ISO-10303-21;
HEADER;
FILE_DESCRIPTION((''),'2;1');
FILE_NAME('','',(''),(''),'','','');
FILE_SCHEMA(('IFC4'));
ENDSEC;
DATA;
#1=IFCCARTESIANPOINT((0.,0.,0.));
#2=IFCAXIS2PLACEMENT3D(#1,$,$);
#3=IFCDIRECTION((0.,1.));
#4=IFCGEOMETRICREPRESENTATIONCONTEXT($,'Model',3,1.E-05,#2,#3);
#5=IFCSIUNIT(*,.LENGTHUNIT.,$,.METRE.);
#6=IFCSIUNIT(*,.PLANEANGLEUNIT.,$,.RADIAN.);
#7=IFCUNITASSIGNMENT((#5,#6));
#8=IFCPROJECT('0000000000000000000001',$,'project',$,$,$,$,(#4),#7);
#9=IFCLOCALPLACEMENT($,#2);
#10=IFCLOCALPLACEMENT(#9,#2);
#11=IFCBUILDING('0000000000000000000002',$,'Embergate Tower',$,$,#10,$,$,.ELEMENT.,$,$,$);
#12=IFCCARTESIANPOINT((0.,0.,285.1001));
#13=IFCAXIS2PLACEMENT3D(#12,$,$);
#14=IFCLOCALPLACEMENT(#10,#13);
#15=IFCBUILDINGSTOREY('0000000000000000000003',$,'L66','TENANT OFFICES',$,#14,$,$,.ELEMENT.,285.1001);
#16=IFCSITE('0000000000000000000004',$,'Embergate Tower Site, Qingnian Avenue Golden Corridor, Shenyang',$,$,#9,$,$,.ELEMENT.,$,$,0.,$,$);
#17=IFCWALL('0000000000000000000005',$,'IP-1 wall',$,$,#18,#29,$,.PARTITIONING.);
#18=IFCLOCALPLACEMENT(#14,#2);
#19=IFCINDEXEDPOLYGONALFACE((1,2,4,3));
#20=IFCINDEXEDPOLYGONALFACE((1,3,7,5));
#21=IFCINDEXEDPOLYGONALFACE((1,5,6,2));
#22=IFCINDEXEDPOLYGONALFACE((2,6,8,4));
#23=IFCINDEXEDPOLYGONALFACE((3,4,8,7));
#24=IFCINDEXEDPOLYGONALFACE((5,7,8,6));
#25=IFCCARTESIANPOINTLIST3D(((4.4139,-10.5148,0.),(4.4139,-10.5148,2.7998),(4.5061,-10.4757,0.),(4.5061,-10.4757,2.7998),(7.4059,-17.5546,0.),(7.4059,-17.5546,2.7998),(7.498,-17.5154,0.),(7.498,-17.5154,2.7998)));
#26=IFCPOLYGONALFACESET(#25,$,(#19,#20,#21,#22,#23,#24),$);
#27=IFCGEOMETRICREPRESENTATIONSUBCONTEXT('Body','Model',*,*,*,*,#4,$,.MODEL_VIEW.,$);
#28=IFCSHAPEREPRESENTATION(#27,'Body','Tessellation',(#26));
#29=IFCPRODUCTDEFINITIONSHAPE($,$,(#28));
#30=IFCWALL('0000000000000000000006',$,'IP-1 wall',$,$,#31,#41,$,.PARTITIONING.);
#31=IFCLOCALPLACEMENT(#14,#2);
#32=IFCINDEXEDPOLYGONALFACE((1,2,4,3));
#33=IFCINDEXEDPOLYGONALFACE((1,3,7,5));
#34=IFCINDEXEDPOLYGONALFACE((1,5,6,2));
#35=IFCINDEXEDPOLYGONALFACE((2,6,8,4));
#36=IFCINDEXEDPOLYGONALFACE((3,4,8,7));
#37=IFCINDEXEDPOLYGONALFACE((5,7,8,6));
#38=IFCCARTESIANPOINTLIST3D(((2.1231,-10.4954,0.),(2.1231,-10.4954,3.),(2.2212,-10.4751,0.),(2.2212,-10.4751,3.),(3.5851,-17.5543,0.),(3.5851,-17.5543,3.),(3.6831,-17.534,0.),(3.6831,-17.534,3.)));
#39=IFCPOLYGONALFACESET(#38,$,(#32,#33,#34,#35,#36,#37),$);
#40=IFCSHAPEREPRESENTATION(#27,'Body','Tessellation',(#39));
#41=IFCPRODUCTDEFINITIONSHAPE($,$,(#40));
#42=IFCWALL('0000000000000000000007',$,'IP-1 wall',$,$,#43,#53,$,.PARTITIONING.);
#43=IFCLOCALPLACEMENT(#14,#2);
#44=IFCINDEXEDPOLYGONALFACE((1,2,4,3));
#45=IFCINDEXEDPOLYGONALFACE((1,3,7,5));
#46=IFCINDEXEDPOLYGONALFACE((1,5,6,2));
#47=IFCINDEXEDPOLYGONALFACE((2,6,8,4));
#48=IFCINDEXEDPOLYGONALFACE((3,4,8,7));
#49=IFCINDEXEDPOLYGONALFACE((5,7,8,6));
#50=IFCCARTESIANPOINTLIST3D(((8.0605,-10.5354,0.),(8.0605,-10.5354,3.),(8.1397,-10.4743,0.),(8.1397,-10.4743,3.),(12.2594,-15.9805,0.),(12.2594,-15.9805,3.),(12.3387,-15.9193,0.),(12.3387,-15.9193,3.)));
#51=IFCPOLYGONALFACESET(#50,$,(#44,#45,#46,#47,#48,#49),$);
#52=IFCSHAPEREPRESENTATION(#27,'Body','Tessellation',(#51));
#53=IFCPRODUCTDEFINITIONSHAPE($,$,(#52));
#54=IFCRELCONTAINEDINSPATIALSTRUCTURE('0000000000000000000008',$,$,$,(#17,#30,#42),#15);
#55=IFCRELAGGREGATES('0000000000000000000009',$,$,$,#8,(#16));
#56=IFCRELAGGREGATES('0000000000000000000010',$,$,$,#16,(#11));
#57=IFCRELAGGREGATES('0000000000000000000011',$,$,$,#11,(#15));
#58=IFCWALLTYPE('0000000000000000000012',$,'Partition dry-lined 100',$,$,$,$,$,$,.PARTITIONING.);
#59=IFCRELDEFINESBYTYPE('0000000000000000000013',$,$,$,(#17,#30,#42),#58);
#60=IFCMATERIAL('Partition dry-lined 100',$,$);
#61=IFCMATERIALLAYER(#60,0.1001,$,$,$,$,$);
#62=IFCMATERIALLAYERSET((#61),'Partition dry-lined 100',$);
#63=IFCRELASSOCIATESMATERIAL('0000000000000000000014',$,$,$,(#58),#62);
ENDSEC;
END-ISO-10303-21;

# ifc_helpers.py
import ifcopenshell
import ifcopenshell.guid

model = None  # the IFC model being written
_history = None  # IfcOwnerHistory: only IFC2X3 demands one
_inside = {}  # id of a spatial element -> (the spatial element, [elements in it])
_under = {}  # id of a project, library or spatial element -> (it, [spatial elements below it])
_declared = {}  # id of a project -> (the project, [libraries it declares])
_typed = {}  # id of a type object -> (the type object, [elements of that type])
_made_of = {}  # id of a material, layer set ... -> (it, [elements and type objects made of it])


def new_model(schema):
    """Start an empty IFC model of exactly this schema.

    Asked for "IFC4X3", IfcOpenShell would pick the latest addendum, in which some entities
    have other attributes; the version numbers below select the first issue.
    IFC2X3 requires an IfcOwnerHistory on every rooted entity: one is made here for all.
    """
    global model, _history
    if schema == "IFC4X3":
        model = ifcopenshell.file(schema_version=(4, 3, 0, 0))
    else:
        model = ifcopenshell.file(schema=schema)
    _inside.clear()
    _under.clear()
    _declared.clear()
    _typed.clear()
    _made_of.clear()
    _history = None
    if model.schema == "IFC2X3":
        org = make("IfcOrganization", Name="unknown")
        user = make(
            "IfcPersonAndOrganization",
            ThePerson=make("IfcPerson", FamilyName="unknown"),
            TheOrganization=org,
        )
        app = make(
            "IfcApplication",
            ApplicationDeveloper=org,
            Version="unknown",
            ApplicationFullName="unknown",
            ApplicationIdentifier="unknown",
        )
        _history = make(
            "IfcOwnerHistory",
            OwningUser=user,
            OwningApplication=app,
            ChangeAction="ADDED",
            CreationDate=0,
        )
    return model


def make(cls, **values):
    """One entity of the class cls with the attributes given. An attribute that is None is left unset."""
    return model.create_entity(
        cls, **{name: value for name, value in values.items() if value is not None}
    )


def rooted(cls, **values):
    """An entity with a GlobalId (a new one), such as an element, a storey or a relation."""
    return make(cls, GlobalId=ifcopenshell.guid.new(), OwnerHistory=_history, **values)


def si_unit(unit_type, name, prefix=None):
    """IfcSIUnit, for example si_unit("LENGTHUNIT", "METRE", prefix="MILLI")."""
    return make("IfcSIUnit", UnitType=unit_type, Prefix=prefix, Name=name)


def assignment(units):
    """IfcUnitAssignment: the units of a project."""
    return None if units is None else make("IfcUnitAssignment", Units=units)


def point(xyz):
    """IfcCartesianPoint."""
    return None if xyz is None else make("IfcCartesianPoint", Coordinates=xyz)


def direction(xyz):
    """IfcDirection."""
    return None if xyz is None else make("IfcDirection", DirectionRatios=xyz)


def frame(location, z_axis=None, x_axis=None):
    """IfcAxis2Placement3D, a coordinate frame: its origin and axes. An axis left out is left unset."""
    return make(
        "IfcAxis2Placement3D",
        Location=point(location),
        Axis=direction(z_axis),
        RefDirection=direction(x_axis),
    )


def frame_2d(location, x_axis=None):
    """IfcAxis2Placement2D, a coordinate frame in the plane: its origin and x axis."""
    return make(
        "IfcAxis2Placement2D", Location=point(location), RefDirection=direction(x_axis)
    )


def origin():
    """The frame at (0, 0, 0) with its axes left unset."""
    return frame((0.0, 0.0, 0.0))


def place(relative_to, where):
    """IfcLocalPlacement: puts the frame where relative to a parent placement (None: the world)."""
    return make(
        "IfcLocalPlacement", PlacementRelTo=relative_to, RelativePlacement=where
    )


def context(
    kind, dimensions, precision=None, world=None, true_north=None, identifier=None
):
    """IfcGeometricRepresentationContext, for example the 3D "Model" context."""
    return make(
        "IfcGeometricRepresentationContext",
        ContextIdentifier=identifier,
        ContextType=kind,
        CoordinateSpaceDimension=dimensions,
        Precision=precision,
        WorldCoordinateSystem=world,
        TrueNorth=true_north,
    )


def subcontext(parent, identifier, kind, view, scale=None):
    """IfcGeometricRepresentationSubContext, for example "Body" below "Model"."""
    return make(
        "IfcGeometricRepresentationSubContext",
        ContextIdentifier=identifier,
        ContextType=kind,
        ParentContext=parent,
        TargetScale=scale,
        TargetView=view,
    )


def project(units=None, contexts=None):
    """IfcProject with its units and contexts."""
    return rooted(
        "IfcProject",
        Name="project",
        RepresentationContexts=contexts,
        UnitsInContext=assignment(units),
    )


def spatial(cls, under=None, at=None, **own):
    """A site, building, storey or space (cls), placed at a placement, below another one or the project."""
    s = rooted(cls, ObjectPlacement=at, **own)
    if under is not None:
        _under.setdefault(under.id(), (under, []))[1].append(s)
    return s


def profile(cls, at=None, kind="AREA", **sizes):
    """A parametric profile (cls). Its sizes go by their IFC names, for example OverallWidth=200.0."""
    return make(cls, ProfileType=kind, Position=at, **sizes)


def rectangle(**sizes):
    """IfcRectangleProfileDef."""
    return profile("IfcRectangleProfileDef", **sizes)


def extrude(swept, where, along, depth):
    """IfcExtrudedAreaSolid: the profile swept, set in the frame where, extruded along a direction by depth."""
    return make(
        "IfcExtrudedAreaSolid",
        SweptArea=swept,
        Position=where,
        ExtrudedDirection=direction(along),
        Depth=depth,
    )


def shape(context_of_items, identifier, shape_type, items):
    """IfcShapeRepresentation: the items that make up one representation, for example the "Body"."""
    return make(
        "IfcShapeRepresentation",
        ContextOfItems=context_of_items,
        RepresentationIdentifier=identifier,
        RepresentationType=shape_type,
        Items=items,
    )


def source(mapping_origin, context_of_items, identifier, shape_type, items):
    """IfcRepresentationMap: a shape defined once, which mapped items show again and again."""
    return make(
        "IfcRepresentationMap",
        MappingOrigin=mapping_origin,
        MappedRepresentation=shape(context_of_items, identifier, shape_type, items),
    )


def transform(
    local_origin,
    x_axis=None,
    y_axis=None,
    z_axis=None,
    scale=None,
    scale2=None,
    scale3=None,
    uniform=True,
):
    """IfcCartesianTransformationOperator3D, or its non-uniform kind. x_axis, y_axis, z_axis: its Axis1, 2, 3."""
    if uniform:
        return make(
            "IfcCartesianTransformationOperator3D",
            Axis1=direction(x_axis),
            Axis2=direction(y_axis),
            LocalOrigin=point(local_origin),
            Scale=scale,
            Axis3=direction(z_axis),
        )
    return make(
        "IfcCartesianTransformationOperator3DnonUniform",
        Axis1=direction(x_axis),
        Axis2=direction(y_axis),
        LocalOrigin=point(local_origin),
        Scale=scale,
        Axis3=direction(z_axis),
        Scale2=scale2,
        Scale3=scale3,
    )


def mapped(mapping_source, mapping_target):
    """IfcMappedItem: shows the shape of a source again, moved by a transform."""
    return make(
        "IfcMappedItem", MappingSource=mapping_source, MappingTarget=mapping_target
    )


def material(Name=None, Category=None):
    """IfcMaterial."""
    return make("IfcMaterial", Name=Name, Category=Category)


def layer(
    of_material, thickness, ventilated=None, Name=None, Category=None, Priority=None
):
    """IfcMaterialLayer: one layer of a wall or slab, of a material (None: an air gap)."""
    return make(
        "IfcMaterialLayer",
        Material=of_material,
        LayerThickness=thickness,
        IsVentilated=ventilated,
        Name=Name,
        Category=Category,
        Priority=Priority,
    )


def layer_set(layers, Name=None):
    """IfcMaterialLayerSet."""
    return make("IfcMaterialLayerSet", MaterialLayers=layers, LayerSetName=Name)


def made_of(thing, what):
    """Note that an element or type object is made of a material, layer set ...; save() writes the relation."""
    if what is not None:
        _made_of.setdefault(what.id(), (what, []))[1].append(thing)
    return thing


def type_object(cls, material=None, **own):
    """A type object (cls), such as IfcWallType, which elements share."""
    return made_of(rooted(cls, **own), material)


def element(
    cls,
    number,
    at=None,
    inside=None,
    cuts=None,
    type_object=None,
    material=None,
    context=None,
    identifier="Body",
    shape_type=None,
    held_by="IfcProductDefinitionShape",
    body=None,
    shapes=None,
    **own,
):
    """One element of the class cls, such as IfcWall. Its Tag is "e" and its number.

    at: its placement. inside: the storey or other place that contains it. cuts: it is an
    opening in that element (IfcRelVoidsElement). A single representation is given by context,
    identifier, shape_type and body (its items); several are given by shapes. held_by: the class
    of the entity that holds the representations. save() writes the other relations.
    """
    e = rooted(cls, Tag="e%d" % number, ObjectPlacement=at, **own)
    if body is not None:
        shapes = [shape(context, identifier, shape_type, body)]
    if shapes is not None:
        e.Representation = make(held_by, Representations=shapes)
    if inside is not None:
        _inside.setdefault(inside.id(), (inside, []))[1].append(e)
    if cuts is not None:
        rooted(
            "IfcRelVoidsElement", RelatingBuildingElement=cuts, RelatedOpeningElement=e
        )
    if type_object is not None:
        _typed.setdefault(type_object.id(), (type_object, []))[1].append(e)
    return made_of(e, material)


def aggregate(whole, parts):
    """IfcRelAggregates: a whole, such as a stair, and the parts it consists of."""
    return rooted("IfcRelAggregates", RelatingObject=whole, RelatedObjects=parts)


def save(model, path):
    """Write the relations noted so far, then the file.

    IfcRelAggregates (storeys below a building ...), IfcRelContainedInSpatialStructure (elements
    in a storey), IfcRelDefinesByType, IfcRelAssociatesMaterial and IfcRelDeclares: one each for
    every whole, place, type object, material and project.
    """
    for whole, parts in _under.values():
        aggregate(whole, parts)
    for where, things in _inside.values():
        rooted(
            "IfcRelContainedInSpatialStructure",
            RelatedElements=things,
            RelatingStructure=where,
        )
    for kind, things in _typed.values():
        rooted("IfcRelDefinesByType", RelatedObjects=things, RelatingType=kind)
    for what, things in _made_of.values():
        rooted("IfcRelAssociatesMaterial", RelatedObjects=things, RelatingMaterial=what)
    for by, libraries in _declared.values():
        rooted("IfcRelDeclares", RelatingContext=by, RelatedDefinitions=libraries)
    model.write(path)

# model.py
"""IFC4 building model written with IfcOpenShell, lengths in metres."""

from ifc_helpers import new_model, si_unit, direction, frame, frame_2d, origin, place, context, subcontext, project, spatial, rectangle, extrude, source, transform, mapped, material, layer, layer_set, type_object, element, save


model = new_model("IFC4")

# Units and contexts
model_context = context("Model", 3, precision=1e-05, world=origin(), true_north=direction((0.0, 1.0)))
body_context = subcontext(model_context, "Body", "Model", "MODEL_VIEW")
ifc_project = project(units=[si_unit("LENGTHUNIT", "METRE"), si_unit("PLANEANGLEUNIT", "RADIAN")], contexts=[model_context])

# Site, building, storey
site_placement = place(None, origin())
site = spatial("IfcSite", under=ifc_project, at=site_placement, Name="Embergate Tower Site, Qingnian Avenue Golden Corridor, Shenyang", CompositionType="ELEMENT", RefElevation=0.0)
building_placement = place(site_placement, origin())
building = spatial("IfcBuilding", under=site, at=building_placement, Name="Embergate Tower", CompositionType="ELEMENT")
storey_placement = place(building_placement, frame((0.0, 0.0, 285.1001)))
storey = spatial("IfcBuildingStorey", under=building, at=storey_placement, Name="L66", Description="TENANT OFFICES", CompositionType="ELEMENT", Elevation=285.1001)

# Walls
ifc_material_1 = material(Name="Partition dry-lined 100")
ifc_layer_1 = layer(ifc_material_1, 0.1001)
ifc_layer_set_1 = layer_set([ifc_layer_1], Name="Partition dry-lined 100")
wall_type_1 = type_object("IfcWallType", Name="Partition dry-lined 100", PredefinedType="PARTITIONING", material=ifc_layer_set_1)
shared_shape_1 = source(origin(), body_context, "Body", "SweptSolid", [
    extrude(rectangle(XDim=7.6492, YDim=0.1001, at=frame_2d((3.8247, 0.0))), origin(), (0.0, 0.0, 1.0), 2.7998),
])
wall_1_placement = place(storey_placement, frame((4.46, -10.4951, 0.0), z_axis=(0.0, 0.0, 1.0), x_axis=(0.391144, -0.920329, 0.0)))
element("IfcWall", 1, at=wall_1_placement, inside=storey, type_object=wall_type_1, Name="IP-1 wall", PredefinedType="PARTITIONING", context=body_context, shape_type="MappedRepresentation", body=[
    mapped(shared_shape_1, transform((0.0, 0.0, 0.0))),
])
shared_shape_2 = source(origin(), body_context, "Body", "SweptSolid", [
    extrude(rectangle(XDim=7.2087, YDim=0.1001, at=frame_2d((3.6045, 0.0))), origin(), (0.0, 0.0, 1.0), 3.0),
])
wall_2_placement = place(storey_placement, frame((2.1721, -10.4851, 0.0), z_axis=(0.0, 0.0, 1.0), x_axis=(0.2028, -0.97922, 0.0)))
element("IfcWall", 2, at=wall_2_placement, inside=storey, type_object=wall_type_1, Name="IP-1 wall", PredefinedType="PARTITIONING", context=body_context, shape_type="MappedRepresentation", body=[
    mapped(shared_shape_2, transform((0.0, 0.0, 0.0))),
])
shared_shape_3 = source(origin(), body_context, "Body", "SweptSolid", [
    extrude(rectangle(XDim=6.876, YDim=0.1001, at=frame_2d((3.438, 0.0))), origin(), (0.0, 0.0, 1.0), 3.0),
])
wall_3_placement = place(storey_placement, frame((8.1001, -10.5049, 0.0), z_axis=(0.0, 0.0, 1.0), x_axis=(0.610666, -0.791888, 0.0)))
element("IfcWall", 3, at=wall_3_placement, inside=storey, type_object=wall_type_1, Name="IP-1 wall", PredefinedType="PARTITIONING", context=body_context, shape_type="MappedRepresentation", body=[
    mapped(shared_shape_3, transform((0.0, 0.0, 0.0))),
])

save(model, "model.ifc")
